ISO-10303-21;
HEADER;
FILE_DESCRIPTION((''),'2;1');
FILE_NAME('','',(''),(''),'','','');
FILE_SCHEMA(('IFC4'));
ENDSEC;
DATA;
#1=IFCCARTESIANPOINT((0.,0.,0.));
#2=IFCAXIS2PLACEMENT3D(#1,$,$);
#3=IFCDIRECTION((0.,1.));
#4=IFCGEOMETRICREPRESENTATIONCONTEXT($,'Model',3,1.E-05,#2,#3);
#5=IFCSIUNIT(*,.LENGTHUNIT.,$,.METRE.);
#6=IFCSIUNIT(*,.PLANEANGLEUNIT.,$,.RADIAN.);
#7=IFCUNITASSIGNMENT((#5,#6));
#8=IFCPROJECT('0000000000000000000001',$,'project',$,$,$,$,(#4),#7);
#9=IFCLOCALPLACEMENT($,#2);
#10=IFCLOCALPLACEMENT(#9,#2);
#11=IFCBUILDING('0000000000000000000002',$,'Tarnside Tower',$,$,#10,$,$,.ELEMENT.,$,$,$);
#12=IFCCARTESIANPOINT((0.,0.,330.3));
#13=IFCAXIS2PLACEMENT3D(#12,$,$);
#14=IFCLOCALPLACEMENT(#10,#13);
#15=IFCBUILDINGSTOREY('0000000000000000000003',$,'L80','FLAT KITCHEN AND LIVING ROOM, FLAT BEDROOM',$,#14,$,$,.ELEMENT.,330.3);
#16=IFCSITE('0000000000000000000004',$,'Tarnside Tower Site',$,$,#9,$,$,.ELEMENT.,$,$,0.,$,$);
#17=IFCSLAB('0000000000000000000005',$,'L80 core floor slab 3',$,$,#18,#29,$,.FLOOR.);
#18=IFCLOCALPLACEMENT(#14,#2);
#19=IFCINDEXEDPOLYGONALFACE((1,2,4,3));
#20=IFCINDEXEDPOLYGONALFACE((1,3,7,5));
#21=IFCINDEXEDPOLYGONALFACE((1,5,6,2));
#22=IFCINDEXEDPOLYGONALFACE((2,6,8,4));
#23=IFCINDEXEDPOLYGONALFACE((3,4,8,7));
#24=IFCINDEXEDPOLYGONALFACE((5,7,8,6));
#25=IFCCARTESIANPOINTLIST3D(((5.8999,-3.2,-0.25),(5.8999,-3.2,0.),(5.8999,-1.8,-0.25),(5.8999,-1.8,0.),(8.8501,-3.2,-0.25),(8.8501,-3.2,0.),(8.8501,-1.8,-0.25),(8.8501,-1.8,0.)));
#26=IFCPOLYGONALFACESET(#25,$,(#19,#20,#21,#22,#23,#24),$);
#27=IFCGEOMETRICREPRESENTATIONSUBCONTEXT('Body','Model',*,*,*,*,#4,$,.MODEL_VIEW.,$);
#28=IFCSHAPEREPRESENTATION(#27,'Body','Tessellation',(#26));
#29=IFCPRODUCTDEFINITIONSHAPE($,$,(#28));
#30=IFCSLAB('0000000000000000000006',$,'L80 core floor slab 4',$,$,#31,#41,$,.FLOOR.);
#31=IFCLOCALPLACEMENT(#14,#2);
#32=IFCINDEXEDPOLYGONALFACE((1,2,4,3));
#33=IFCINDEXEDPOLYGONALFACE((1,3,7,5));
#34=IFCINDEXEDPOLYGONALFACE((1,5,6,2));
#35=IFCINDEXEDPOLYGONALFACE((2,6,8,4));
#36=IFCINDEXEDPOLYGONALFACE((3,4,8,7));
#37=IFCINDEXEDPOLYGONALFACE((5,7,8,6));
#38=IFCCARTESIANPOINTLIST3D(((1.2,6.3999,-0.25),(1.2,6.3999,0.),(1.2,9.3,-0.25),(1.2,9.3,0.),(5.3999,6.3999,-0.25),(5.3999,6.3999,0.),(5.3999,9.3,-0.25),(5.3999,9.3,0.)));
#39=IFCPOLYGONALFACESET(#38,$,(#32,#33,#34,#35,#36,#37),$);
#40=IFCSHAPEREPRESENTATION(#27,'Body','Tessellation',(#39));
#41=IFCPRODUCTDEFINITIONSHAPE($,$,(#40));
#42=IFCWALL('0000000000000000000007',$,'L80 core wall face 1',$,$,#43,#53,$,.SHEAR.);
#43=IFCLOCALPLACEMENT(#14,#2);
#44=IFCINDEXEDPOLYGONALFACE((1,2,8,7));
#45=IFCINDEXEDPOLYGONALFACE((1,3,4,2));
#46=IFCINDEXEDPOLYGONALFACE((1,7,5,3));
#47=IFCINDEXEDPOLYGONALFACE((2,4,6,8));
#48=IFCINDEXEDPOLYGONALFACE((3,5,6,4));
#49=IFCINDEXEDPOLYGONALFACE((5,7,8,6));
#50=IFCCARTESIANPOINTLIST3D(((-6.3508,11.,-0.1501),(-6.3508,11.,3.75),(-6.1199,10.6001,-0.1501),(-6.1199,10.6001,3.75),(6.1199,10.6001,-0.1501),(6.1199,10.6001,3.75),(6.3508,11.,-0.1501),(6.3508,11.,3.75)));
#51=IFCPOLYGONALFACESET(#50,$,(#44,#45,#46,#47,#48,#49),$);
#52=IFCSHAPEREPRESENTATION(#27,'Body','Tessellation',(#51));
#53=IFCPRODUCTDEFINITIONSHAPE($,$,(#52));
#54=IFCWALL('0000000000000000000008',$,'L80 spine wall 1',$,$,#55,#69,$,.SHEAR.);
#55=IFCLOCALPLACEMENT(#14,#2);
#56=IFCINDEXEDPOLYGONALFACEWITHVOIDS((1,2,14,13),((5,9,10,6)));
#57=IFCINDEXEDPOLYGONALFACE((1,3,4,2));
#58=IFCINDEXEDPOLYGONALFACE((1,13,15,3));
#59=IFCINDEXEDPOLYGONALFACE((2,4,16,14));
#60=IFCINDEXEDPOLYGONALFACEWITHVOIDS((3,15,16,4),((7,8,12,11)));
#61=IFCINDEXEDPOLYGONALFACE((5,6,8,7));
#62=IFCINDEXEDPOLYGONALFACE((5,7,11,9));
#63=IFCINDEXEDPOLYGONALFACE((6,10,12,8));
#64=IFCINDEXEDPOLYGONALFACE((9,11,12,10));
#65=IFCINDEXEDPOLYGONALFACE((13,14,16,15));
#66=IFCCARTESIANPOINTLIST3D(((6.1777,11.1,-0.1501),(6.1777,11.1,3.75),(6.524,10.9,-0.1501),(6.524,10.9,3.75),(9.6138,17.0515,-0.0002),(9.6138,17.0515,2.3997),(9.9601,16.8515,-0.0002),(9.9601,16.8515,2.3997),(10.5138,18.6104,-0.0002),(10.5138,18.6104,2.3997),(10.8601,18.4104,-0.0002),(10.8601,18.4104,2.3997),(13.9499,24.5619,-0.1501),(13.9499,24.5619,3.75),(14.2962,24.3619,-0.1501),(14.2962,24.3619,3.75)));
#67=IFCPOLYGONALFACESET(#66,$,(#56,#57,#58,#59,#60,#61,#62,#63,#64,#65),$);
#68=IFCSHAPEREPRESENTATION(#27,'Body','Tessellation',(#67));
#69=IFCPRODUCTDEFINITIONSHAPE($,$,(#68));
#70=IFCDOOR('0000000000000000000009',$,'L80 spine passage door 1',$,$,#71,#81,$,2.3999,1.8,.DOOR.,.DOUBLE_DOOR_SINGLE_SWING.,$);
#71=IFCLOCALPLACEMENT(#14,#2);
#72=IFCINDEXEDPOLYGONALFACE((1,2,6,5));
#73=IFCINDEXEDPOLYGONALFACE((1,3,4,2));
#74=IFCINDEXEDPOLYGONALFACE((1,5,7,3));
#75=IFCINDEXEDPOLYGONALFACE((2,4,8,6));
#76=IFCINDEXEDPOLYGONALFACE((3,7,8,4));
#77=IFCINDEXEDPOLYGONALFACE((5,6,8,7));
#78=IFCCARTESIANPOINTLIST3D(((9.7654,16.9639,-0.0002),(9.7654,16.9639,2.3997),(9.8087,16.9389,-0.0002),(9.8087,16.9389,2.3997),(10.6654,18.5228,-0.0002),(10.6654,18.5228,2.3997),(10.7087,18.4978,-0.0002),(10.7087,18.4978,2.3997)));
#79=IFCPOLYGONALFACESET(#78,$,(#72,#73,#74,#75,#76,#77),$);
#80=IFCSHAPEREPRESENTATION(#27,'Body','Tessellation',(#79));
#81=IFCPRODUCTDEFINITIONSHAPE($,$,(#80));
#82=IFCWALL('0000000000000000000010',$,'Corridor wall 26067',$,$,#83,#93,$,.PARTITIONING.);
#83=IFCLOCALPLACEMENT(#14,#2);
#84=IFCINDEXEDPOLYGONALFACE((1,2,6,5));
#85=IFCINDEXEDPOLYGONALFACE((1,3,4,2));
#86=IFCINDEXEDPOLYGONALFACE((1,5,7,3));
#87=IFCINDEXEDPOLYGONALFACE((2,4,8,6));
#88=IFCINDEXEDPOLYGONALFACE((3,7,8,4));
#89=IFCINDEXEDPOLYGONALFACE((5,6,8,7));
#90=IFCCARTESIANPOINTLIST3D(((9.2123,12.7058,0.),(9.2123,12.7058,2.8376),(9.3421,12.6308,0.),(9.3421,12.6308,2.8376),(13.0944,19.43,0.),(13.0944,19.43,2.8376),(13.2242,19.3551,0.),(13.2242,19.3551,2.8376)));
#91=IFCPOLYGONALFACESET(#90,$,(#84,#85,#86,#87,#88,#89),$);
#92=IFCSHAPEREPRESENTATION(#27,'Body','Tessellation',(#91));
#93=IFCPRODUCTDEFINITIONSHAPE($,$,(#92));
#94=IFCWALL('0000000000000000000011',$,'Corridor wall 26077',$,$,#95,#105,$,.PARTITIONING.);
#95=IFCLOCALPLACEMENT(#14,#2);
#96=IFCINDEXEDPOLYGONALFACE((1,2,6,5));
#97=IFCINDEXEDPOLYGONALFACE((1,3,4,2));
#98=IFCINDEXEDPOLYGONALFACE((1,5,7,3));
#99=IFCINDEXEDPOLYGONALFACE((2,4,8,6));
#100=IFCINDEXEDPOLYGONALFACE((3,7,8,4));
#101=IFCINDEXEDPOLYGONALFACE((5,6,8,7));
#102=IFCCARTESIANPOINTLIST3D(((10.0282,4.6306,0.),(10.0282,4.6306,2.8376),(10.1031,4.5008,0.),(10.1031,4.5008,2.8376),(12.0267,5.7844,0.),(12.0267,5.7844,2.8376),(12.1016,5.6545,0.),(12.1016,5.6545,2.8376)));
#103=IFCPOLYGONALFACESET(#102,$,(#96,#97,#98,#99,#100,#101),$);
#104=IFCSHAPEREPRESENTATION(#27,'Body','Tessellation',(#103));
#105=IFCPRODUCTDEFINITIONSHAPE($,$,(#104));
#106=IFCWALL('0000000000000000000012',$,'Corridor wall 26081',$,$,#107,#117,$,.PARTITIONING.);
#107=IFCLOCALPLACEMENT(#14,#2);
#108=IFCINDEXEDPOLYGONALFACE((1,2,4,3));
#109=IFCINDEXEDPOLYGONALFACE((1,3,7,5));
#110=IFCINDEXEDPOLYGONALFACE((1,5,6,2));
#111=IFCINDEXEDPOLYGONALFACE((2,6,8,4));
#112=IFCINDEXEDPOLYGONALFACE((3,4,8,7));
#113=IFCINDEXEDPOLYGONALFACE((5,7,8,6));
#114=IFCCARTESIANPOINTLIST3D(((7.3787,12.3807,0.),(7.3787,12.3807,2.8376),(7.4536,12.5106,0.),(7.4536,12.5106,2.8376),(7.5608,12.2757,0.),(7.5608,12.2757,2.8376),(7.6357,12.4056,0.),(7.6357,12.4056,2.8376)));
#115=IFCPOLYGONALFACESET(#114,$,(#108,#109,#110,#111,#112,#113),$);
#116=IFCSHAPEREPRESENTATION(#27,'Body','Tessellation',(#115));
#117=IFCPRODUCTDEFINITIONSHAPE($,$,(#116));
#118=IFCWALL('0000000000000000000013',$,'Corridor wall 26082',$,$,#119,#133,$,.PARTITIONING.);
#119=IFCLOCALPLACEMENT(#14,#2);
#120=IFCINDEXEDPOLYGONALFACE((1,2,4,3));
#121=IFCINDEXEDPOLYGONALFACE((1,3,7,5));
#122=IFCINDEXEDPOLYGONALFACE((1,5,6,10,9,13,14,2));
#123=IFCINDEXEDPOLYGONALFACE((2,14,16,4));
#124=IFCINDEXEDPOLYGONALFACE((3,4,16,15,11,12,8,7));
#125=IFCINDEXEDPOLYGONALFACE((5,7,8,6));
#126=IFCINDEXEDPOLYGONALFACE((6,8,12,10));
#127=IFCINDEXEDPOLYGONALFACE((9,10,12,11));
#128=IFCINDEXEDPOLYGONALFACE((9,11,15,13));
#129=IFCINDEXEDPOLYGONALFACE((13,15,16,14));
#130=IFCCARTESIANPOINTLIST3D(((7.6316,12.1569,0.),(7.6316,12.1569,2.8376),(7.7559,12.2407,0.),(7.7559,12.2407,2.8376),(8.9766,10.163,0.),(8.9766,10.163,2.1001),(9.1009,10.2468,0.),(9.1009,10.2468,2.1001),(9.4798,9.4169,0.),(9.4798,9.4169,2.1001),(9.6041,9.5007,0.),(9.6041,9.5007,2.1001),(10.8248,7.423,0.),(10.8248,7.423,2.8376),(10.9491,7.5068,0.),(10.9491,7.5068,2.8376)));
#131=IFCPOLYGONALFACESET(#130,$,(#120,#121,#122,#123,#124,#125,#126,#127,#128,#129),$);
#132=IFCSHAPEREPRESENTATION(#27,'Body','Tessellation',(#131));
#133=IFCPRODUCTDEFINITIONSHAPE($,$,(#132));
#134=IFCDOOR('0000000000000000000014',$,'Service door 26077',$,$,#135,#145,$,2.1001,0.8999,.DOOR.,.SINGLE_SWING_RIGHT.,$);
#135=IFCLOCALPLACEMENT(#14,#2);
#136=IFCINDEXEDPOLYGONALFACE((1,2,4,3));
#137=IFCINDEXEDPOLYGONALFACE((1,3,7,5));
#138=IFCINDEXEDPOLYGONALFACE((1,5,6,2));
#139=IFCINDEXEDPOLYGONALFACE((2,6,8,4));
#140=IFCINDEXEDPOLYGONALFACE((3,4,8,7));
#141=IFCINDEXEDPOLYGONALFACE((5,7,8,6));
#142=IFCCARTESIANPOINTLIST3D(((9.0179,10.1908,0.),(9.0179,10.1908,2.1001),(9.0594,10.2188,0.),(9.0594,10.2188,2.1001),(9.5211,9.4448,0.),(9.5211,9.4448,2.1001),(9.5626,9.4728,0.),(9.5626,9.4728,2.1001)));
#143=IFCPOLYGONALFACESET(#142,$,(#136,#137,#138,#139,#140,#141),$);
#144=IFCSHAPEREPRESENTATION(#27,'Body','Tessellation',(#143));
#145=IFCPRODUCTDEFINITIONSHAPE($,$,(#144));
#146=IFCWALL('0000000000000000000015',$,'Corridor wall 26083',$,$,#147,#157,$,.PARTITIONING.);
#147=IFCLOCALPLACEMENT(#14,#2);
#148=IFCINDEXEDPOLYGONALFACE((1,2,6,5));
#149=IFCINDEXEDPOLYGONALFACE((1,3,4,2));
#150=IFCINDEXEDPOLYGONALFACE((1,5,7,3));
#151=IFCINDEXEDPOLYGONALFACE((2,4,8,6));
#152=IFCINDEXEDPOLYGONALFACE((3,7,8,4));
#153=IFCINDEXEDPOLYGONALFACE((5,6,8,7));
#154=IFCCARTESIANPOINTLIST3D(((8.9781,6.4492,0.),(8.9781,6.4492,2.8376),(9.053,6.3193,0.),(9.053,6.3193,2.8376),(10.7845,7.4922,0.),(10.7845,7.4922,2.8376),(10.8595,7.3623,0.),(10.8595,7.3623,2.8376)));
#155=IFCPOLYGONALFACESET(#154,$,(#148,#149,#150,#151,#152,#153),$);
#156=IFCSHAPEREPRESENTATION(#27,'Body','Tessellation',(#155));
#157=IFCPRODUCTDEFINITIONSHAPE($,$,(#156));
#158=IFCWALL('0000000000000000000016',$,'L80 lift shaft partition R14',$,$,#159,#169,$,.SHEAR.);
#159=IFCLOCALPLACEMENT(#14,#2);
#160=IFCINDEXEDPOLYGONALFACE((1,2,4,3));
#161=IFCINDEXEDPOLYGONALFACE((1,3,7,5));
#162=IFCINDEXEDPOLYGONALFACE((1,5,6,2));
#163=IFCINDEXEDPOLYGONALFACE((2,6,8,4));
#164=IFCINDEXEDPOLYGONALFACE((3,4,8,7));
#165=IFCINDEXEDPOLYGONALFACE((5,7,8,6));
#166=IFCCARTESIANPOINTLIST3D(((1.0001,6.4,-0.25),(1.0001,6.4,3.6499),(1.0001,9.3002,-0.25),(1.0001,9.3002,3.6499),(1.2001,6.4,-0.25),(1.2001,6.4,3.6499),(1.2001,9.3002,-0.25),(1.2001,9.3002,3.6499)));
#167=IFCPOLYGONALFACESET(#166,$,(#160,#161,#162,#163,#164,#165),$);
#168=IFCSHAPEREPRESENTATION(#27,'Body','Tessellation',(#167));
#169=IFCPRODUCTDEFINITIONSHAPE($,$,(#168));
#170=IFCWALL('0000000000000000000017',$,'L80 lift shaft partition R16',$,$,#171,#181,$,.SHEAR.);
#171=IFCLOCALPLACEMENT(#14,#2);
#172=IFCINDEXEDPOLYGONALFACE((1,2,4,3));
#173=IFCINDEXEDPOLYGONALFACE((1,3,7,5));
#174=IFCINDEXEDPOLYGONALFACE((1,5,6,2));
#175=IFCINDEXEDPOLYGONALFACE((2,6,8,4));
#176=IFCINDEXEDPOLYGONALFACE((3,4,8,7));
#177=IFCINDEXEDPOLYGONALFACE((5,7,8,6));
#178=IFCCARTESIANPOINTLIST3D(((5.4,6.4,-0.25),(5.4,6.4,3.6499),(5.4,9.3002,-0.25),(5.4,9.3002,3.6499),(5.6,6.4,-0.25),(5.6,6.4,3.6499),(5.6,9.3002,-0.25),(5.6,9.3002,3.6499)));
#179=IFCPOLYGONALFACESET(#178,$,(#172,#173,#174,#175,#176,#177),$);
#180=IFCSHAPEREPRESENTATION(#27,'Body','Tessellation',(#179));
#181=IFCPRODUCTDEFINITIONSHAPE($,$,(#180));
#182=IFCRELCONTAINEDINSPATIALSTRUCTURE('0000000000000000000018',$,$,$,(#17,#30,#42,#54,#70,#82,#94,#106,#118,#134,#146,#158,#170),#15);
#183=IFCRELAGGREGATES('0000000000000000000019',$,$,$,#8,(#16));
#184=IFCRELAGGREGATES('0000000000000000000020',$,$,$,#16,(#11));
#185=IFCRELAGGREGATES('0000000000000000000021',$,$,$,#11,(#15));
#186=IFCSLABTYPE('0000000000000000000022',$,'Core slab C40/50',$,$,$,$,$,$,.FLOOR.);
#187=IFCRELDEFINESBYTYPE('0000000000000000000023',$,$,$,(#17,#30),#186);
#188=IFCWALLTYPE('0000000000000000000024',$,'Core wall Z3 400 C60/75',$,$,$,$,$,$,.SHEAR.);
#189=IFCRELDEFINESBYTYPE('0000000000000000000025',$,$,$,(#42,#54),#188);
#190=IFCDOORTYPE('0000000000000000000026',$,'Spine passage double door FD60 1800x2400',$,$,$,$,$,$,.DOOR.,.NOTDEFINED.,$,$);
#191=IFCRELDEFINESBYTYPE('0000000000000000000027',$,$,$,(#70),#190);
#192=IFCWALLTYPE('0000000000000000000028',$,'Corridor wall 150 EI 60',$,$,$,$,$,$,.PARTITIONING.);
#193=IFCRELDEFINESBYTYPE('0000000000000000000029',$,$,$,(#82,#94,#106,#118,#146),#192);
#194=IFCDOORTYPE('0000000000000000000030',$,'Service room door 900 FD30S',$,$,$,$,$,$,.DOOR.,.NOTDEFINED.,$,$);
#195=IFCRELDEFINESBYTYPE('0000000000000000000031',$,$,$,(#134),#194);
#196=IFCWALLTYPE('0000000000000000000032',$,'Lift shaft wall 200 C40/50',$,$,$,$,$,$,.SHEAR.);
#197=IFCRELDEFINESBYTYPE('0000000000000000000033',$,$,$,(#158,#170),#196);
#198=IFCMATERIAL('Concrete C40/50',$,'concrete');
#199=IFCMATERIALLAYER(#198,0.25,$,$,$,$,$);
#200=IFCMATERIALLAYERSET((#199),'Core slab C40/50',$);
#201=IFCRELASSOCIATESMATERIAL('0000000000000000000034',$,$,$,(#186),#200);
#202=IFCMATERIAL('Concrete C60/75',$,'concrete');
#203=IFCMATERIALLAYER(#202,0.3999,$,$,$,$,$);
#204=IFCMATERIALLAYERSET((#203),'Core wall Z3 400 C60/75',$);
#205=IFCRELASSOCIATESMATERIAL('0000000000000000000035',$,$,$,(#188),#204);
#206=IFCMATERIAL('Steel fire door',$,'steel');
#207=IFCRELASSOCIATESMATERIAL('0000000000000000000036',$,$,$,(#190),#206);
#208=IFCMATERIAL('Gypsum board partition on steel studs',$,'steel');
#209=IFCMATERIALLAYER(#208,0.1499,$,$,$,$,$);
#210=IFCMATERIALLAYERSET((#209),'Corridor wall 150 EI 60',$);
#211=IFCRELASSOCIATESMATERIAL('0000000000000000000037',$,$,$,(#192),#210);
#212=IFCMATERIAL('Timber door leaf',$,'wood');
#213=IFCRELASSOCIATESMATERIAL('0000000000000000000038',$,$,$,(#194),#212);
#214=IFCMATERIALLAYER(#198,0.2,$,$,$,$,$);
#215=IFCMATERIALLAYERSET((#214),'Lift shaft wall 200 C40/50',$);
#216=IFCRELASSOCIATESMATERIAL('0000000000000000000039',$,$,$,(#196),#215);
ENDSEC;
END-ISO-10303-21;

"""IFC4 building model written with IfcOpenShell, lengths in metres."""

from ifc_helpers import new_model, si_unit, direction, frame, frame_2d, origin, place, context, subcontext, project, spatial, polyline, rectangle, outline, extrude, material, layer, layer_set, type_object, element, fill, save


model = new_model("IFC4")

# Units and contexts
model_context = context("Model", 3, precision=1e-05, world=origin(), true_north=direction((0.0, 1.0)))
body_context = subcontext(model_context, "Body", "Model", "MODEL_VIEW")
ifc_project = project(units=[si_unit("LENGTHUNIT", "METRE"), si_unit("PLANEANGLEUNIT", "RADIAN")], contexts=[model_context])

# Site, building, storey
site_placement = place(None, origin())
site = spatial("IfcSite", under=ifc_project, at=site_placement, Name="Tarnside Tower Site", CompositionType="ELEMENT", RefElevation=0.0)
building_placement = place(site_placement, origin())
building = spatial("IfcBuilding", under=site, at=building_placement, Name="Tarnside Tower", CompositionType="ELEMENT")
storey_placement = place(building_placement, frame((0.0, 0.0, 330.3)))
storey = spatial("IfcBuildingStorey", under=building, at=storey_placement, Name="L80", Description="FLAT KITCHEN AND LIVING ROOM, FLAT BEDROOM", CompositionType="ELEMENT", Elevation=330.3)

# Slabs
ifc_material_1 = material(Name="Concrete C40/50", Category="concrete")
ifc_layer_1 = layer(ifc_material_1, 0.25)
ifc_layer_set_1 = layer_set([ifc_layer_1], Name="Core slab C40/50")
slab_type = type_object("IfcSlabType", Name="Core slab C40/50", PredefinedType="FLOOR", material=ifc_layer_set_1)
slab_1_placement = place(storey_placement, frame((0.0, 0.0, -0.25)))
element("IfcSlab", 1, at=slab_1_placement, inside=storey, type_object=slab_type, Name="L80 core floor slab 3", PredefinedType="FLOOR", context=body_context, shape_type="SweptSolid", body=[
    extrude(outline(polyline([(5.8999, -1.8), (8.8501, -1.8), (8.8501, -3.2), (5.8999, -3.2), (5.8999, -1.8)])), origin(), (0.0, 0.0, 1.0), 0.25),
])
slab_2_placement = place(storey_placement, frame((0.0, 0.0, -0.25)))
element("IfcSlab", 2, at=slab_2_placement, inside=storey, type_object=slab_type, Name="L80 core floor slab 4", PredefinedType="FLOOR", context=body_context, shape_type="SweptSolid", body=[
    extrude(outline(polyline([(5.3999, 6.3999), (1.2, 6.3999), (1.2, 9.3), (5.3999, 9.3), (5.3999, 6.3999)])), origin(), (0.0, 0.0, 1.0), 0.25),
])

# Wall
ifc_material_2 = material(Name="Concrete C60/75", Category="concrete")
ifc_layer_2 = layer(ifc_material_2, 0.3999)
ifc_layer_set_2 = layer_set([ifc_layer_2], Name="Core wall Z3 400 C60/75")
wall_type_1 = type_object("IfcWallType", Name="Core wall Z3 400 C60/75", PredefinedType="SHEAR", material=ifc_layer_set_2)
wall_1_placement = place(storey_placement, frame((6.2354, 10.8, -0.1501), z_axis=(0.0, 0.0, 1.0), x_axis=(-1.0, 0.0, 0.0)))
element("IfcWall", 3, at=wall_1_placement, inside=storey, type_object=wall_type_1, Name="L80 core wall face 1", PredefinedType="SHEAR", context=body_context, shape_type="SweptSolid", body=[
    extrude(outline(polyline([(-0.1155, -0.2), (12.5862, -0.2), (12.3552, 0.2), (0.1155, 0.2), (-0.1155, -0.2)])), origin(), (0.0, 0.0, 1.0), 3.9001),
])

# Wall, opening, door
wall_2_placement = place(storey_placement, frame((6.3508, 11.0, -0.1501), z_axis=(0.0, 0.0, 1.0), x_axis=(0.499999, 0.866026, 0.0)))
wall_2 = element("IfcWall", 4, at=wall_2_placement, inside=storey, type_object=wall_type_1, Name="L80 spine wall 1", PredefinedType="SHEAR", context=body_context, shape_type="SweptSolid", body=[
    extrude(rectangle(XDim=15.5444, YDim=0.3999, at=frame_2d((7.7722, 0.0))), origin(), (0.0, 0.0, 1.0), 3.9001),
])
opening_1_placement = place(wall_2_placement, frame((6.8723, 0.0, 0.1499)))
opening_1 = element("IfcOpeningElement", 5, at=opening_1_placement, cuts=wall_2, PredefinedType="OPENING", context=body_context, shape_type="SweptSolid", body=[
    extrude(rectangle(XDim=1.8, YDim=2.3999, at=frame_2d((0.8999, 1.2))), frame((0.0, 0.21, 0.0), z_axis=(0.0, -1.0, 0.0), x_axis=(1.0, 0.0, 0.0)), (0.0, 0.0, 1.0), 0.4199),
])
ifc_material_3 = material(Name="Steel fire door", Category="steel")
door_type_1 = type_object("IfcDoorType", Name="Spine passage double door FD60 1800x2400", OperationType="NOTDEFINED", PredefinedType="DOOR", material=ifc_material_3)
door_1_placement = place(opening_1_placement, origin())
door_1 = element("IfcDoor", 6, at=door_1_placement, inside=storey, type_object=door_type_1, Name="L80 spine passage door 1", OperationType="DOUBLE_DOOR_SINGLE_SWING", OverallHeight=2.3999, OverallWidth=1.8, PredefinedType="DOOR", context=body_context, shape_type="SweptSolid", body=[
    extrude(rectangle(XDim=1.8, YDim=2.3999, at=frame_2d((0.8999, 1.2))), frame((0.0, 0.0249, 0.0), z_axis=(0.0, -1.0, 0.0), x_axis=(1.0, 0.0, 0.0)), (0.0, 0.0, 1.0), 0.05),
])
fill(opening_1, door_1)

# Walls
ifc_material_4 = material(Name="Gypsum board partition on steel studs", Category="steel")
ifc_layer_3 = layer(ifc_material_4, 0.1499)
ifc_layer_set_3 = layer_set([ifc_layer_3], Name="Corridor wall 150 EI 60")
wall_type_2 = type_object("IfcWallType", Name="Corridor wall 150 EI 60", PredefinedType="PARTITIONING", material=ifc_layer_set_3)
wall_3_placement = place(storey_placement, frame((9.2771, 12.6682, 0.0), z_axis=(0.0, 0.0, 1.0), x_axis=(0.499991, 0.866031, 0.0)))
element("IfcWall", 7, at=wall_3_placement, inside=storey, type_object=wall_type_2, Name="Corridor wall 26067", PredefinedType="PARTITIONING", context=body_context, shape_type="SweptSolid", body=[
    extrude(rectangle(XDim=7.7644, YDim=0.1499, at=frame_2d((3.8823, 0.0))), origin(), (0.0, 0.0, 1.0), 2.8376),
])
wall_4_placement = place(storey_placement, frame((10.0657, 4.5657, 0.0), z_axis=(0.0, 0.0, 1.0), x_axis=(0.866034, 0.499985, 0.0)))
element("IfcWall", 8, at=wall_4_placement, inside=storey, type_object=wall_type_2, Name="Corridor wall 26077", PredefinedType="PARTITIONING", context=body_context, shape_type="SweptSolid", body=[
    extrude(rectangle(XDim=2.3076, YDim=0.1499, at=frame_2d((1.1538, 0.0))), origin(), (0.0, 0.0, 1.0), 2.8376),
])
wall_5_placement = place(storey_placement, frame((7.4163, 12.4456, 0.0), z_axis=(0.0, 0.0, 1.0), x_axis=(0.866379, -0.499387, 0.0)))
element("IfcWall", 9, at=wall_5_placement, inside=storey, type_object=wall_type_2, Name="Corridor wall 26081", PredefinedType="PARTITIONING", context=body_context, shape_type="SweptSolid", body=[
    extrude(rectangle(XDim=0.2102, YDim=0.1499, at=frame_2d((0.105, 0.0))), origin(), (0.0, 0.0, 1.0), 2.8376),
])

# Wall, opening, door
wall_6_placement = place(storey_placement, frame((7.6938, 12.1987, 0.0), z_axis=(0.0, 0.0, 1.0), x_axis=(0.559201, -0.829032, 0.0)))
wall_6 = element("IfcWall", 10, at=wall_6_placement, inside=storey, type_object=wall_type_2, Name="Corridor wall 26082", PredefinedType="PARTITIONING", context=body_context, shape_type="SweptSolid", body=[
    extrude(rectangle(XDim=5.7102, YDim=0.1499, at=frame_2d((2.855, 0.0))), origin(), (0.0, 0.0, 1.0), 2.8376),
])
opening_2_placement = place(wall_6_placement, frame((2.405, 0.0, 0.0)))
opening_2 = element("IfcOpeningElement", 11, at=opening_2_placement, cuts=wall_6, PredefinedType="OPENING", context=body_context, shape_type="SweptSolid", body=[
    extrude(rectangle(XDim=0.8999, YDim=2.1001, at=frame_2d((0.45, 1.05))), frame((0.0, 0.085, 0.0), z_axis=(0.0, -1.0, 0.0), x_axis=(1.0, 0.0, 0.0)), (0.0, 0.0, 1.0), 0.1699),
])
ifc_material_5 = material(Name="Timber door leaf", Category="wood")
door_type_2 = type_object("IfcDoorType", Name="Service room door 900 FD30S", OperationType="NOTDEFINED", PredefinedType="DOOR", material=ifc_material_5)
door_2_placement = place(opening_2_placement, origin())
door_2 = element("IfcDoor", 12, at=door_2_placement, inside=storey, type_object=door_type_2, Name="Service door 26077", OperationType="SINGLE_SWING_RIGHT", OverallHeight=2.1001, OverallWidth=0.8999, PredefinedType="DOOR", context=body_context, shape_type="SweptSolid", body=[
    extrude(rectangle(XDim=0.8999, YDim=2.1001, at=frame_2d((0.45, 1.05))), frame((0.0, 0.0249, 0.0), z_axis=(0.0, -1.0, 0.0), x_axis=(1.0, 0.0, 0.0)), (0.0, 0.0, 1.0), 0.05),
])
fill(opening_2, door_2)

# Walls
wall_7_placement = place(storey_placement, frame((10.822, 7.4272, 0.0), z_axis=(0.0, 0.0, 1.0), x_axis=(-0.866016, -0.500016, 0.0)))
element("IfcWall", 13, at=wall_7_placement, inside=storey, type_object=wall_type_2, Name="Corridor wall 26083", PredefinedType="PARTITIONING", context=body_context, shape_type="SweptSolid", body=[
    extrude(rectangle(XDim=2.0859, YDim=0.1499, at=frame_2d((1.043, 0.0))), origin(), (0.0, 0.0, 1.0), 2.8376),
])
ifc_layer_4 = layer(ifc_material_1, 0.2)
ifc_layer_set_4 = layer_set([ifc_layer_4], Name="Lift shaft wall 200 C40/50")
wall_type_3 = type_object("IfcWallType", Name="Lift shaft wall 200 C40/50", PredefinedType="SHEAR", material=ifc_layer_set_4)
for number, where, z_axis, x_axis, name in (
    (14, (1.1001, 6.3999, -0.25), (0.0, 0.0, 1.0), (0.0, 1.0, 0.0), "L80 lift shaft partition R14"),
    (15, (5.5, 6.3999, -0.25), (0.0, 0.0, 1.0), (0.0, 1.0, 0.0), "L80 lift shaft partition R16"),
):
    element("IfcWall", number, at=place(storey_placement, frame(where, z_axis=z_axis, x_axis=x_axis)), inside=storey, type_object=wall_type_3, Name=name, PredefinedType="SHEAR", context=body_context, shape_type="SweptSolid", body=[
        extrude(rectangle(XDim=2.9001, YDim=0.2, at=frame_2d((1.4502, 0.0))), origin(), (0.0, 0.0, 1.0), 3.8999),
    ])

save(model, "model.ifc")
